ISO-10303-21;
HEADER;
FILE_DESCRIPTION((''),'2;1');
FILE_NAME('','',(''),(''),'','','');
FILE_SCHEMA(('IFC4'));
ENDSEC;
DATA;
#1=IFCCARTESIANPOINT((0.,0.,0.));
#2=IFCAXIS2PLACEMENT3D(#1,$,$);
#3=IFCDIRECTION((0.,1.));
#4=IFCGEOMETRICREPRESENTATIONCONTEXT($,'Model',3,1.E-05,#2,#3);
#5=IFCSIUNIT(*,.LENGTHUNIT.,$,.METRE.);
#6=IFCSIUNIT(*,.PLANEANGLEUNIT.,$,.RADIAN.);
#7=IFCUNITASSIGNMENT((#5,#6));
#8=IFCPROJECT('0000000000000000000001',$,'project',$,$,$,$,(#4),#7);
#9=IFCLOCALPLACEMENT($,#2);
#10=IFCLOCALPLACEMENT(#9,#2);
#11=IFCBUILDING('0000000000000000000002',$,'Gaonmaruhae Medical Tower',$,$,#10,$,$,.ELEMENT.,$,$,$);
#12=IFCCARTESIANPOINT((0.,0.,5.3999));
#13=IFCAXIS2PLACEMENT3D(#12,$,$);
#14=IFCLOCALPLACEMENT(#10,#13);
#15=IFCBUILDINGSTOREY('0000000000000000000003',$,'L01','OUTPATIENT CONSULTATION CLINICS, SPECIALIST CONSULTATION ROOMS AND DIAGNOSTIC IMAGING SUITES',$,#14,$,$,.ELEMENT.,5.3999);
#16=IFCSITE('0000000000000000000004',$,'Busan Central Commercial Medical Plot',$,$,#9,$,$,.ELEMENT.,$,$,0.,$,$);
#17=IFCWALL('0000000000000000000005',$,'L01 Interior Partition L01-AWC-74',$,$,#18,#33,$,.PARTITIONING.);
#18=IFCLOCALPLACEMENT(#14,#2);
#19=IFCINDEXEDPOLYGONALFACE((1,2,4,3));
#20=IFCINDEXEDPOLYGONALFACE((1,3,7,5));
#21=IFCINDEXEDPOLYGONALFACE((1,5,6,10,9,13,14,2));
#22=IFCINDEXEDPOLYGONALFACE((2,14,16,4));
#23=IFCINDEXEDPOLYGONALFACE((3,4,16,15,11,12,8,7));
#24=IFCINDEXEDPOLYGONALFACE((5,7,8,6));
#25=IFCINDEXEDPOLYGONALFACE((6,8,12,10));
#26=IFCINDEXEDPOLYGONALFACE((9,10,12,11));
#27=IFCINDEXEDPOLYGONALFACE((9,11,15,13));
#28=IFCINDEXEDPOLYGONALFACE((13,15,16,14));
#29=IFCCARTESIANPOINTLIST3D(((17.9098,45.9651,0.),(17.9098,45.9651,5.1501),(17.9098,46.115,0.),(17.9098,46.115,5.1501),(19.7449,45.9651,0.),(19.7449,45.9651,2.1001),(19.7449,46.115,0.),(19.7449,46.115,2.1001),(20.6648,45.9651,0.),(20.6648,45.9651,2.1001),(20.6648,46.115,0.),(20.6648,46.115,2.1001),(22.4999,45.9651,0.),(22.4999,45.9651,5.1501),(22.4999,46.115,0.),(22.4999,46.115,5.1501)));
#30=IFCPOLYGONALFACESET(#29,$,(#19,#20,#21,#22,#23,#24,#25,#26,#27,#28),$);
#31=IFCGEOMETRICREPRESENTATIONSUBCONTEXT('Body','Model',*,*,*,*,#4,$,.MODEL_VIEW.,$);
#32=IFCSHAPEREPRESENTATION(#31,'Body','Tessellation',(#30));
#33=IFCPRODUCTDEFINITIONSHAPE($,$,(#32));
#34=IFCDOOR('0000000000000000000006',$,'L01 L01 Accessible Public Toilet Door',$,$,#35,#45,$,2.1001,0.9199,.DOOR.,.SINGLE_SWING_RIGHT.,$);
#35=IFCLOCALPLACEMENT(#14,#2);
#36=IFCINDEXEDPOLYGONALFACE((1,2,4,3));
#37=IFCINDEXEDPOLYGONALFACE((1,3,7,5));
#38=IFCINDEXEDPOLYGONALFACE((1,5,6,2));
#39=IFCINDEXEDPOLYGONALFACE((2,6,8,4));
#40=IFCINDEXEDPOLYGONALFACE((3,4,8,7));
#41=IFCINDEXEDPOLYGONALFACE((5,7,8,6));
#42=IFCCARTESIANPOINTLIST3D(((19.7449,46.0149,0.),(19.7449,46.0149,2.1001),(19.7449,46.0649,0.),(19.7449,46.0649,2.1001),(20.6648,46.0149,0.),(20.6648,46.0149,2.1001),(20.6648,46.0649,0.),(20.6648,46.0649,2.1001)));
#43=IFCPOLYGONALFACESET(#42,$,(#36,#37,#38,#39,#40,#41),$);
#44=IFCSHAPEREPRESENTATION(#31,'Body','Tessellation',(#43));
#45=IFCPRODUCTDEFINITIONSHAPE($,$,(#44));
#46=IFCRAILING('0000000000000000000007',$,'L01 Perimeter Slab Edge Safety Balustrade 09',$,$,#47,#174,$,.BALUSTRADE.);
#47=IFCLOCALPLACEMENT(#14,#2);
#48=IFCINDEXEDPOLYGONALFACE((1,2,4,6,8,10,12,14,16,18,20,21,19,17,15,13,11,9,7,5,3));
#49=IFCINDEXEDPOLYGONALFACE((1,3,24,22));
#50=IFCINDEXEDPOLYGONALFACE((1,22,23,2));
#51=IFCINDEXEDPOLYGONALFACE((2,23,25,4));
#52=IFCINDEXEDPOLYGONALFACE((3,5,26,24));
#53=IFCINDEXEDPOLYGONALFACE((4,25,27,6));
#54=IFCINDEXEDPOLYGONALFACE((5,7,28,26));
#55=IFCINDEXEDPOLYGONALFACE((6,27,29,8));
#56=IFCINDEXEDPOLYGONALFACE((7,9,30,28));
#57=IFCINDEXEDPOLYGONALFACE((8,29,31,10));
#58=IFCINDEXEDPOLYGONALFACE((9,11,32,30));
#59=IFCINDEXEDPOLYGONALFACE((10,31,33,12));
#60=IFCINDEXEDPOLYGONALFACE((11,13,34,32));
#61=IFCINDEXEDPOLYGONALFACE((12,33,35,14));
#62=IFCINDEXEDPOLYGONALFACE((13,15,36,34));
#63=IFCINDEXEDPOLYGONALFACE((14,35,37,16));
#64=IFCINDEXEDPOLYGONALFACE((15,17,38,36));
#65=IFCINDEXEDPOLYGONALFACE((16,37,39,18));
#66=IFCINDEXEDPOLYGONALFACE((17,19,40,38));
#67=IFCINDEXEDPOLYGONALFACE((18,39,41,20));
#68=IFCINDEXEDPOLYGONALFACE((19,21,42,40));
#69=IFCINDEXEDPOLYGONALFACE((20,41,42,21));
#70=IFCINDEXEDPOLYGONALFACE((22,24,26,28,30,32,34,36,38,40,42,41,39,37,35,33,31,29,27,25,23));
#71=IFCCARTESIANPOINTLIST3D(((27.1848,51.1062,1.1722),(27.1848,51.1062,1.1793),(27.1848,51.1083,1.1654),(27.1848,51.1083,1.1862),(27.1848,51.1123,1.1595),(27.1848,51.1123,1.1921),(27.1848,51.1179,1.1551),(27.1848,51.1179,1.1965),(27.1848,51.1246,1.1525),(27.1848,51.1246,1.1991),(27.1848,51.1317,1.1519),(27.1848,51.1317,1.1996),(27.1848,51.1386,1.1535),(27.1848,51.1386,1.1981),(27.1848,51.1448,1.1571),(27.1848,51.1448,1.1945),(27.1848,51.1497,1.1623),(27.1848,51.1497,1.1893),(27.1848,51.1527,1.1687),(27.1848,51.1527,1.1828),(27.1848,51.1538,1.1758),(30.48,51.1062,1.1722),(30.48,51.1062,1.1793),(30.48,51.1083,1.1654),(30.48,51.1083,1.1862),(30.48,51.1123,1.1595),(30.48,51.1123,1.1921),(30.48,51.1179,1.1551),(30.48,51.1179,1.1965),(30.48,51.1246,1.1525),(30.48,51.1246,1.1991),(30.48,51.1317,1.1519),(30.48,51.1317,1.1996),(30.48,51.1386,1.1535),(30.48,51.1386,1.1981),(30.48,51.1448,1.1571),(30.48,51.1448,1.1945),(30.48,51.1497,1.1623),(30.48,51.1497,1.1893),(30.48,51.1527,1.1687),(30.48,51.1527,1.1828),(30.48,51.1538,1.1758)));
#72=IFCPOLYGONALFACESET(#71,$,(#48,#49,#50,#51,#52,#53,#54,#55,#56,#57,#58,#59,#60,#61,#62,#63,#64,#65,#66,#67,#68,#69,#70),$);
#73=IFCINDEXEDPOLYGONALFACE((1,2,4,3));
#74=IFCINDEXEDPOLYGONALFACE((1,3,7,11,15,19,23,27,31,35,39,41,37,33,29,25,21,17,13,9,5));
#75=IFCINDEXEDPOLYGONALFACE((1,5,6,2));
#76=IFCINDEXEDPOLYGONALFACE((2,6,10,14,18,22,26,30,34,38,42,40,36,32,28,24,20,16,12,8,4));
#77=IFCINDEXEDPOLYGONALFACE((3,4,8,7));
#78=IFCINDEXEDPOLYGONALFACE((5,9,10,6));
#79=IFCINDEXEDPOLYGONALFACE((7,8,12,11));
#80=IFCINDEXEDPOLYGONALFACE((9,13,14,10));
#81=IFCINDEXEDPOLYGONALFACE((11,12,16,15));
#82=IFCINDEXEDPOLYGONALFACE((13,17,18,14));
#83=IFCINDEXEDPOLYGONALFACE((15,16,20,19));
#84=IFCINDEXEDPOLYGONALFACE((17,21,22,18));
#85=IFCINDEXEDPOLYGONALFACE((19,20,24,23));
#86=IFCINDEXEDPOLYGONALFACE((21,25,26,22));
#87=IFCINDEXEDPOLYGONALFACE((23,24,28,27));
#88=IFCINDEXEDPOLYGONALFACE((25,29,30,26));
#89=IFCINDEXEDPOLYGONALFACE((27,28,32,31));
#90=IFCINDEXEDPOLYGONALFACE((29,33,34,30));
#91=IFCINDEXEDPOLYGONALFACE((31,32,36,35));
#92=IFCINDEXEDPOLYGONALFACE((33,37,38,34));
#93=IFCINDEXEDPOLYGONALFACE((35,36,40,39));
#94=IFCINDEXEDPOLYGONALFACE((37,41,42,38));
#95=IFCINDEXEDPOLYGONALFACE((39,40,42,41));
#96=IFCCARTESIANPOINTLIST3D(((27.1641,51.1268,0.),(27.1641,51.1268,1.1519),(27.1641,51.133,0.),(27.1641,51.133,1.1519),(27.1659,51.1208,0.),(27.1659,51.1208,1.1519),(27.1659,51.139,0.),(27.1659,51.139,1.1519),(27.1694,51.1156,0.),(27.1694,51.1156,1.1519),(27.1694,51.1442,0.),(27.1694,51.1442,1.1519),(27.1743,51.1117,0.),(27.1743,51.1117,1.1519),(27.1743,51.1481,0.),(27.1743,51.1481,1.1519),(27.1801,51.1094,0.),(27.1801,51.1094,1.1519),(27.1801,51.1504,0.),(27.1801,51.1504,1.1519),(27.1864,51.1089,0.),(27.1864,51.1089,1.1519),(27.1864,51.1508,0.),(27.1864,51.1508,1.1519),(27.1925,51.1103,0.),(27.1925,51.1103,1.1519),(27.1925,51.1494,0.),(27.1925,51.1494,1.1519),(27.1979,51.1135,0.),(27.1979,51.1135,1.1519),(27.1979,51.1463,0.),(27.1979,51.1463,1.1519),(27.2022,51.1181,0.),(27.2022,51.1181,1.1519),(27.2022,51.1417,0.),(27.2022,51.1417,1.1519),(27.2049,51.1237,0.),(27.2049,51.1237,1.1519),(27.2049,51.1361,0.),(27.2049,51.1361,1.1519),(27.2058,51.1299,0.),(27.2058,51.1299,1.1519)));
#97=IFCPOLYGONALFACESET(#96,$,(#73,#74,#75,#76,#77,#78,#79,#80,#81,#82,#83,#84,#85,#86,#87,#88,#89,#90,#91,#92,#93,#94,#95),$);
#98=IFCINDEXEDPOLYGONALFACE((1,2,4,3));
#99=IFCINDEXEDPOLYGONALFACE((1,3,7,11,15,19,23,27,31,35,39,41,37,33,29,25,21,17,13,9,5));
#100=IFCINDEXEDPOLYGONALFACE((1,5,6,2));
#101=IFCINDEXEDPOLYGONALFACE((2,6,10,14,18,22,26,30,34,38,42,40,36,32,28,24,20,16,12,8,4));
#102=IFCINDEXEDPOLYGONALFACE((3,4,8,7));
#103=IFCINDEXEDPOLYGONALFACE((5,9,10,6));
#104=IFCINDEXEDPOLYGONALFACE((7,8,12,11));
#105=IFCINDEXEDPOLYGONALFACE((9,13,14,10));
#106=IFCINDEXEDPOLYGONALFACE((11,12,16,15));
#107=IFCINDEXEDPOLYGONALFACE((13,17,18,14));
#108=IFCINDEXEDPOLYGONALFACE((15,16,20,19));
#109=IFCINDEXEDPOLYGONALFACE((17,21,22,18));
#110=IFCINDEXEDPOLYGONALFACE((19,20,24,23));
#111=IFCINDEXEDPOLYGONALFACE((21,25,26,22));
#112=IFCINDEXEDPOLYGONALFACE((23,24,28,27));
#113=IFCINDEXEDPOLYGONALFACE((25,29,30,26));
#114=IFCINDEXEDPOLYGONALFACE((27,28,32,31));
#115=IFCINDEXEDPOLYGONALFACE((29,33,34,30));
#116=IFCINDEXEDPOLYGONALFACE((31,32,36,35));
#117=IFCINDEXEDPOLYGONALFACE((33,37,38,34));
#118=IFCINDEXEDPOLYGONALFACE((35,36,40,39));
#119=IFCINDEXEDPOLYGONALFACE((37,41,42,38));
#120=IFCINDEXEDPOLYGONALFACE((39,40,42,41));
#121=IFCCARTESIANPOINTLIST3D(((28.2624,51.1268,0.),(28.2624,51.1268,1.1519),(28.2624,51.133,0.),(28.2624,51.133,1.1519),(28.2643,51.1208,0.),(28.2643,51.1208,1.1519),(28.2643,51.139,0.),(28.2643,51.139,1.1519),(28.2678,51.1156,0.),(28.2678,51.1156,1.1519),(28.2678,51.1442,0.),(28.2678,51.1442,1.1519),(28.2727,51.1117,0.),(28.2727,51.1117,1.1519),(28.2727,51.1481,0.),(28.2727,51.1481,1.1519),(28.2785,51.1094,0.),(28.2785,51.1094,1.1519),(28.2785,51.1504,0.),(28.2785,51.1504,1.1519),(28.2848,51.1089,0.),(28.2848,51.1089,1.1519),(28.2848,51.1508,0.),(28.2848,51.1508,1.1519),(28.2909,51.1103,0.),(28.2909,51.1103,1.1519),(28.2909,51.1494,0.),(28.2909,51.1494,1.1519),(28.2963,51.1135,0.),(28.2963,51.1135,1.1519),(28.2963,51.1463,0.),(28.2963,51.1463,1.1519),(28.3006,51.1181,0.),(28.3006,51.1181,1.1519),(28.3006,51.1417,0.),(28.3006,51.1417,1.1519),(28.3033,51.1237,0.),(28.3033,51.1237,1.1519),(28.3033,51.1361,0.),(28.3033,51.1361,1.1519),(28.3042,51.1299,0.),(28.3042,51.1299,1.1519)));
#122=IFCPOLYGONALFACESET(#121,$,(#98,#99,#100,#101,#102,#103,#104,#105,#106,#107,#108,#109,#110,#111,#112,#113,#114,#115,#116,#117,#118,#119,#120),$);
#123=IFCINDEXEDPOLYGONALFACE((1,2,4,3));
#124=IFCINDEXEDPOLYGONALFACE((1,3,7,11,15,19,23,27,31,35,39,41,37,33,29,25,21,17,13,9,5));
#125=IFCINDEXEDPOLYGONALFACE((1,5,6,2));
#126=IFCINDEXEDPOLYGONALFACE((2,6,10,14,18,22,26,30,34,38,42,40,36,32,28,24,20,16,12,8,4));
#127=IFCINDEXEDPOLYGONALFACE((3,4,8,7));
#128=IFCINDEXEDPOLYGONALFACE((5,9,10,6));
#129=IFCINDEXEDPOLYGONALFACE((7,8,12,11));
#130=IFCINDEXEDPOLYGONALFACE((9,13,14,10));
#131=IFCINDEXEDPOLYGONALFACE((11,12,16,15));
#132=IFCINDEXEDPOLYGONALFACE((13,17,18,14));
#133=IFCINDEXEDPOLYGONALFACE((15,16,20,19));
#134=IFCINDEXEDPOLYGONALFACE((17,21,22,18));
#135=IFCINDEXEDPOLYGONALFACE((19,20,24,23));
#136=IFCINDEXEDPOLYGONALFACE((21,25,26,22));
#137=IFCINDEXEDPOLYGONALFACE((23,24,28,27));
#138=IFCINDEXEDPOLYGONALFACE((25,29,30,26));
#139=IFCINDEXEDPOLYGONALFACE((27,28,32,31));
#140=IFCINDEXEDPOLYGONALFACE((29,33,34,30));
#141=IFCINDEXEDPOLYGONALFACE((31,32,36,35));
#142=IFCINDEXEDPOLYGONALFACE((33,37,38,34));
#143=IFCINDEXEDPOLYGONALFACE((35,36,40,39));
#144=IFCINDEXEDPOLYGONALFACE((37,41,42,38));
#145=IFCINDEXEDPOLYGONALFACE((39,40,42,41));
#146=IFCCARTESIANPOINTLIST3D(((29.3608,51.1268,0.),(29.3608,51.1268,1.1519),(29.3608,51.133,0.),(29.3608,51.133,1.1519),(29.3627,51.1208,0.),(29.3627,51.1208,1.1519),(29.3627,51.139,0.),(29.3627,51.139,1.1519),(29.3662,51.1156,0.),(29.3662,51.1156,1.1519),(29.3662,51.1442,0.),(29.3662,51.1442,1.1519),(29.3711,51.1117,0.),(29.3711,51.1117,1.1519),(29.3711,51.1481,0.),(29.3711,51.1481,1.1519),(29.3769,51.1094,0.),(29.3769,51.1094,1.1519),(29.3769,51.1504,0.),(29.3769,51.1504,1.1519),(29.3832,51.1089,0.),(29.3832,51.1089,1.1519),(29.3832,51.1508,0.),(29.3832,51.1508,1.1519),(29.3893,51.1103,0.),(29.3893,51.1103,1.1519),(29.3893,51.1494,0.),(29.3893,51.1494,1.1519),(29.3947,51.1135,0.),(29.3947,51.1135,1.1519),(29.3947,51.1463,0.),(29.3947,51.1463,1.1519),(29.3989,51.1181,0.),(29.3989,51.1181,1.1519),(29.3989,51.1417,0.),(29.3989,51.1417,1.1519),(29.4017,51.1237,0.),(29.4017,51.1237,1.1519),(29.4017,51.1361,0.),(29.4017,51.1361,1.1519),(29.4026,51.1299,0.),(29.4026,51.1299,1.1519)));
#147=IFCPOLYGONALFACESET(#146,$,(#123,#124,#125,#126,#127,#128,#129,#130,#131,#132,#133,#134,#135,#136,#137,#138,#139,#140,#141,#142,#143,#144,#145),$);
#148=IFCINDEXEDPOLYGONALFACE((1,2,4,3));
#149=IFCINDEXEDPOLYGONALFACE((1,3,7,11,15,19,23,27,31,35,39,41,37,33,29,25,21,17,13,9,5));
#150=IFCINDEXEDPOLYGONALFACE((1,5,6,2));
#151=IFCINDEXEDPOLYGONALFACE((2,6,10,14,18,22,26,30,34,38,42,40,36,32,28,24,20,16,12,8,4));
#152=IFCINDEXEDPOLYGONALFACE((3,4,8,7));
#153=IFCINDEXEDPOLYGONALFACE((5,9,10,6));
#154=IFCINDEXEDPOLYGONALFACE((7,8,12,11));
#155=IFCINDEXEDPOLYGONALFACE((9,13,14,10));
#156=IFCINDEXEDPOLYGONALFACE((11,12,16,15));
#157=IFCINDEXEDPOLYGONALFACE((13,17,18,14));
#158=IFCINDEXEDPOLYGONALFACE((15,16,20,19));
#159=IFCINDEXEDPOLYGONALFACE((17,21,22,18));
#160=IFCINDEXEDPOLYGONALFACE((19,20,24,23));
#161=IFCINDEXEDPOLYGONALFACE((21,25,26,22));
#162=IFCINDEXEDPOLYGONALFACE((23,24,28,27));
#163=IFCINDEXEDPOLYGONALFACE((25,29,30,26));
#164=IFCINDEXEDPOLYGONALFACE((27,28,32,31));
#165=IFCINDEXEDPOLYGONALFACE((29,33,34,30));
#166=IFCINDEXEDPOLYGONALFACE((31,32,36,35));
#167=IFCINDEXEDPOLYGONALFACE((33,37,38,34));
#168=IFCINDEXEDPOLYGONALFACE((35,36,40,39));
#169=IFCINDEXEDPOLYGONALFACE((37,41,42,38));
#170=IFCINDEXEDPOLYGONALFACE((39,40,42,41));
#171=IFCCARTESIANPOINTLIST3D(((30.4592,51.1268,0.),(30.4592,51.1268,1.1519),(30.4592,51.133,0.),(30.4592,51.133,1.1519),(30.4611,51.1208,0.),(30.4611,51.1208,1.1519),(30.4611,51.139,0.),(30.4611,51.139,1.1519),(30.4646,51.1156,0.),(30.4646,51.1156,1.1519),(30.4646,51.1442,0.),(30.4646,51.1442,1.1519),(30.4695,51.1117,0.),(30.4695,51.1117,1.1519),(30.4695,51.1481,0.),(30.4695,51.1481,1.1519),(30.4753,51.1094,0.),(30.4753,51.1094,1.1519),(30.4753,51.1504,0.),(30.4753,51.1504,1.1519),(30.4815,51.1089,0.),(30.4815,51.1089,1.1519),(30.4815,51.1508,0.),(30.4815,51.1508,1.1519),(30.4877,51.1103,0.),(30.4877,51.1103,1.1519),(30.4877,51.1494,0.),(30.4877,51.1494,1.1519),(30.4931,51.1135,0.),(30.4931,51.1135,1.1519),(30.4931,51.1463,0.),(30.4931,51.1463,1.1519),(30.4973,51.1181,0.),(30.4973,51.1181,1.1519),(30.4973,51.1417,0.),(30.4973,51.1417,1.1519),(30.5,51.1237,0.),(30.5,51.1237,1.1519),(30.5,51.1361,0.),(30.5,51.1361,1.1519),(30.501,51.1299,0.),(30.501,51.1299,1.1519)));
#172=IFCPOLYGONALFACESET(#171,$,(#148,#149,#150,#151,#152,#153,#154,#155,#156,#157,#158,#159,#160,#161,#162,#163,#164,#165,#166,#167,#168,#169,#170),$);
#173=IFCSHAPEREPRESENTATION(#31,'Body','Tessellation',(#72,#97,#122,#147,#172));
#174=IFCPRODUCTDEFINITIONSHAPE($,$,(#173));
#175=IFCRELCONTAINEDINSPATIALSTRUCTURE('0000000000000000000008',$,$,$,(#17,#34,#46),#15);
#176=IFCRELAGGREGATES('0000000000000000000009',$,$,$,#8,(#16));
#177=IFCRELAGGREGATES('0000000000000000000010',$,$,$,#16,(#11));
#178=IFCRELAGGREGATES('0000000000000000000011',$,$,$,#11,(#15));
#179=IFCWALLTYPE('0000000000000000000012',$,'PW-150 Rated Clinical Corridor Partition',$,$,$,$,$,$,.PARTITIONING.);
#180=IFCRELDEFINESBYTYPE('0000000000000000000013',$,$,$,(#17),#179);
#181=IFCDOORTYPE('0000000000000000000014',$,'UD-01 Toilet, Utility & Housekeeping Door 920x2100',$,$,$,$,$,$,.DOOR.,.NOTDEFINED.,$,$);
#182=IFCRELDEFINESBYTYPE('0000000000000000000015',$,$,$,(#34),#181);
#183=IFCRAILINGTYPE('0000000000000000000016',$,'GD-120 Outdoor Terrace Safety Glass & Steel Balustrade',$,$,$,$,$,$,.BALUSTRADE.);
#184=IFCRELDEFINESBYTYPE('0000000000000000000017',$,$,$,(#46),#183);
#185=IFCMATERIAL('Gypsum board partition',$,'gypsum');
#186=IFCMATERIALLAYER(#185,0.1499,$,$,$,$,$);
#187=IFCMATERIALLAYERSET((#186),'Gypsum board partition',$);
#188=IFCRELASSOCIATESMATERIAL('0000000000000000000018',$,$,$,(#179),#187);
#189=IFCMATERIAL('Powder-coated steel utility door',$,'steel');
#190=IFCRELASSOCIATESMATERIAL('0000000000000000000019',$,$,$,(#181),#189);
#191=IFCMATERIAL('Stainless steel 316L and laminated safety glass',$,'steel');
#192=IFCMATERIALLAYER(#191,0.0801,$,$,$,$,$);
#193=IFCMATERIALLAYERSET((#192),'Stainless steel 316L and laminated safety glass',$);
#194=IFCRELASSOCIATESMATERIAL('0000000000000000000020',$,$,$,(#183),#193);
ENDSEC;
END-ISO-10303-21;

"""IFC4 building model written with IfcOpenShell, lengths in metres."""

from ifc_helpers import new_model, si_unit, direction, frame, frame_2d, origin, origin_2d, place, context, subcontext, project, spatial, rectangle, circle, extrude, material, layer, layer_set, type_object, element, fill, save


model = new_model("IFC4")

# Units and contexts
model_context = context("Model", 3, precision=1e-05, world=origin(), true_north=direction((0.0, 1.0)))
body_context = subcontext(model_context, "Body", "Model", "MODEL_VIEW")
ifc_project = project(units=[si_unit("LENGTHUNIT", "METRE"), si_unit("PLANEANGLEUNIT", "RADIAN")], contexts=[model_context])

# Site, building, storey
site_placement = place(None, origin())
site = spatial("IfcSite", under=ifc_project, at=site_placement, Name="Busan Central Commercial Medical Plot", CompositionType="ELEMENT", RefElevation=0.0)
building_placement = place(site_placement, origin())
building = spatial("IfcBuilding", under=site, at=building_placement, Name="Gaonmaruhae Medical Tower", CompositionType="ELEMENT")
storey_placement = place(building_placement, frame((0.0, 0.0, 5.3999)))
storey = spatial("IfcBuildingStorey", under=building, at=storey_placement, Name="L01", Description="OUTPATIENT CONSULTATION CLINICS, SPECIALIST CONSULTATION ROOMS AND DIAGNOSTIC IMAGING SUITES", CompositionType="ELEMENT", Elevation=5.3999)

# Shared definitions
ifc_material_1 = material(Name="Gypsum board partition", Category="gypsum")
ifc_layer_1 = layer(ifc_material_1, 0.1499)
ifc_layer_set_1 = layer_set([ifc_layer_1], Name="Gypsum board partition")
wall_type_1 = type_object("IfcWallType", Name="PW-150 Rated Clinical Corridor Partition", PredefinedType="PARTITIONING", material=ifc_layer_set_1)

# Shared definitions
ifc_material_2 = material(Name="Powder-coated steel utility door", Category="steel")
door_type_1 = type_object("IfcDoorType", Name="UD-01 Toilet, Utility & Housekeeping Door 920x2100", OperationType="NOTDEFINED", PredefinedType="DOOR", material=ifc_material_2)

# Wall, opening, door
wall_1_placement = place(storey_placement, frame((17.9099, 46.04, 0.0), z_axis=(0.0, 0.0, 1.0), x_axis=(1.0, 0.0, 0.0)))
wall_1 = element("IfcWall", 1, at=wall_1_placement, inside=storey, type_object=wall_type_1, Name="L01 Interior Partition L01-AWC-74", PredefinedType="PARTITIONING", context=body_context, shape_type="SweptSolid", body=[
    extrude(rectangle(XDim=4.5901, YDim=0.1499, at=frame_2d((2.2949, 0.0))), origin(), (0.0, 0.0, 1.0), 5.1501),
])
opening_1_placement = place(wall_1_placement, frame((1.835, 0.0, 0.0)))
opening_1 = element("IfcOpeningElement", 2, at=opening_1_placement, cuts=wall_1, PredefinedType="OPENING", context=body_context, shape_type="SweptSolid", body=[
    extrude(rectangle(XDim=0.9199, YDim=2.1001, at=frame_2d((0.46, 1.05))), frame((0.0, 0.085, 0.0), z_axis=(0.0, -1.0, 0.0), x_axis=(1.0, 0.0, 0.0)), (0.0, 0.0, 1.0), 0.1699),
])
door_1_placement = place(opening_1_placement, origin())
door_1 = element("IfcDoor", 3, at=door_1_placement, inside=storey, type_object=door_type_1, Name="L01 L01 Accessible Public Toilet Door", OperationType="SINGLE_SWING_RIGHT", OverallHeight=2.1001, OverallWidth=0.9199, PredefinedType="DOOR", context=body_context, shape_type="SweptSolid", body=[
    extrude(rectangle(XDim=0.9199, YDim=2.1001, at=frame_2d((0.46, 1.05))), frame((0.0, 0.0249, 0.0), z_axis=(0.0, -1.0, 0.0), x_axis=(1.0, 0.0, 0.0)), (0.0, 0.0, 1.0), 0.05),
])
fill(opening_1, door_1)

# Railing
ifc_material_3 = material(Name="Stainless steel 316L and laminated safety glass", Category="steel")
ifc_layer_2 = layer(ifc_material_3, 0.0801)
ifc_layer_set_2 = layer_set([ifc_layer_2], Name="Stainless steel 316L and laminated safety glass")
railing_type = type_object("IfcRailingType", Name="GD-120 Outdoor Terrace Safety Glass & Steel Balustrade", PredefinedType="BALUSTRADE", material=ifc_layer_set_2)
railing_1_placement = place(storey_placement, frame((27.1848, 51.1299, 0.0)))
element("IfcRailing", 4, at=railing_1_placement, inside=storey, type_object=railing_type, Name="L01 Perimeter Slab Edge Safety Balustrade 09", PredefinedType="BALUSTRADE", context=body_context, shape_type="SweptSolid", body=[
    extrude(circle(Radius=0.0239, at=origin_2d()), frame((0.0, 0.0, 1.1758), z_axis=(1.0, 0.0, 0.0), x_axis=(0.0, 1.0, 0.0)), (0.0, 0.0, 1.0), 3.2952),
    extrude(circle(Radius=0.021, at=origin_2d()), origin(), (0.0, 0.0, 1.0), 1.1519),
    extrude(circle(Radius=0.021, at=origin_2d()), frame((1.0984, 0.0, 0.0)), (0.0, 0.0, 1.0), 1.1519),
    extrude(circle(Radius=0.021, at=origin_2d()), frame((2.1968, 0.0, 0.0)), (0.0, 0.0, 1.0), 1.1519),
    extrude(circle(Radius=0.021, at=origin_2d()), frame((3.2952, 0.0, 0.0)), (0.0, 0.0, 1.0), 1.1519),
])

save(model, "model.ifc")
